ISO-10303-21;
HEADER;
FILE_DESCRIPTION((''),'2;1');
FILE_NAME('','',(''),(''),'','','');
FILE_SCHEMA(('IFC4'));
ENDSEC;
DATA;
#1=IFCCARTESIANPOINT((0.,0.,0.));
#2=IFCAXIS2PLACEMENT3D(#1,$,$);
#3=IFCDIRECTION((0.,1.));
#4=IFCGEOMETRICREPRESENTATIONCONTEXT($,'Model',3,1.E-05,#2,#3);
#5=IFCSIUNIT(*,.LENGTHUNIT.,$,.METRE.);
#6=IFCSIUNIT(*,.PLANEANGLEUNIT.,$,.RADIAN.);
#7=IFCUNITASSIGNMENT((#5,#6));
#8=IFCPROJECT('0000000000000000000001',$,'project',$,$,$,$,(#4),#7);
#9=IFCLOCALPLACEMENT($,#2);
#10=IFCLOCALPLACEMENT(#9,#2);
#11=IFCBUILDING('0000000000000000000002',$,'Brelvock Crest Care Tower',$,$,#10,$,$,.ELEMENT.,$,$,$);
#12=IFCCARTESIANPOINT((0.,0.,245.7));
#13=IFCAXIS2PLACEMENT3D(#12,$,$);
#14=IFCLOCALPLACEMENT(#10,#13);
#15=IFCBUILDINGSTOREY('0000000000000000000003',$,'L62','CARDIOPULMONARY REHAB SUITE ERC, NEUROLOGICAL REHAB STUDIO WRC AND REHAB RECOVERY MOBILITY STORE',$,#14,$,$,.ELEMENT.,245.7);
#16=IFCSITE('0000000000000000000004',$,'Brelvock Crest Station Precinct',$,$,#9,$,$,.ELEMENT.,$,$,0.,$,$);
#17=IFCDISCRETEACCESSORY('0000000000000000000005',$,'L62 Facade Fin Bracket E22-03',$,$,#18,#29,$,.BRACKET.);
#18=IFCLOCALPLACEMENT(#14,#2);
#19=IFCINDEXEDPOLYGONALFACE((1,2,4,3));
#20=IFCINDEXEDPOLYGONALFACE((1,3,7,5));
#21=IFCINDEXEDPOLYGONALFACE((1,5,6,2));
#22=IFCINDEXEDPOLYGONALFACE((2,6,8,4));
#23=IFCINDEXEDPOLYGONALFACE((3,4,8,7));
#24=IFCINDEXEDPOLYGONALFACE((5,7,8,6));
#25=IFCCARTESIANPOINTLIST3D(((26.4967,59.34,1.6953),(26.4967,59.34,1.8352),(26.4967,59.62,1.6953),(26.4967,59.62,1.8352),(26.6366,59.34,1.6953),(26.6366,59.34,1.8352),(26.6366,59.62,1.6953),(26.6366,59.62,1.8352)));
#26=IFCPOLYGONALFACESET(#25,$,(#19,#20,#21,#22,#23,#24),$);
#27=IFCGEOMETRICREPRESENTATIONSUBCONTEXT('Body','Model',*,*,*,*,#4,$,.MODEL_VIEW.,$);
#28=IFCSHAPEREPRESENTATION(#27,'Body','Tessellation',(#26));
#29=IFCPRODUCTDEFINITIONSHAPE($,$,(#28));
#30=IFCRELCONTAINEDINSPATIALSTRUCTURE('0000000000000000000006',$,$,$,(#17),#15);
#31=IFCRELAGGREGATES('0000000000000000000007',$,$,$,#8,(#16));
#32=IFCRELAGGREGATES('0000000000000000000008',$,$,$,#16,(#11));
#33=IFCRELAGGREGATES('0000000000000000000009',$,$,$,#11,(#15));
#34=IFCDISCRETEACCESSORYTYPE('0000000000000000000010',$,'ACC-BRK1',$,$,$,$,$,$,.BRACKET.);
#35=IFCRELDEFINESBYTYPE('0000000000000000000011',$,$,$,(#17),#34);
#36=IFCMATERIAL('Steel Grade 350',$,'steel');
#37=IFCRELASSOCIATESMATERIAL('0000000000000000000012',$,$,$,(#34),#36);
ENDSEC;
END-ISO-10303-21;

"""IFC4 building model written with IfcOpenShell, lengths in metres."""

from ifc_helpers import new_model, si_unit, direction, frame, origin, origin_2d, place, context, subcontext, project, spatial, rectangle, extrude, source, transform, mapped, material, type_object, element, save


model = new_model("IFC4")

# Units and contexts
model_context = context("Model", 3, precision=1e-05, world=origin(), true_north=direction((0.0, 1.0)))
body_context = subcontext(model_context, "Body", "Model", "MODEL_VIEW")
ifc_project = project(units=[si_unit("LENGTHUNIT", "METRE"), si_unit("PLANEANGLEUNIT", "RADIAN")], contexts=[model_context])

# Site, building, storey
site_placement = place(None, origin())
site = spatial("IfcSite", under=ifc_project, at=site_placement, Name="Brelvock Crest Station Precinct", CompositionType="ELEMENT", RefElevation=0.0)
building_placement = place(site_placement, origin())
building = spatial("IfcBuilding", under=site, at=building_placement, Name="Brelvock Crest Care Tower", CompositionType="ELEMENT")
storey_placement = place(building_placement, frame((0.0, 0.0, 245.7)))
storey = spatial("IfcBuildingStorey", under=building, at=storey_placement, Name="L62", Description="CARDIOPULMONARY REHAB SUITE ERC, NEUROLOGICAL REHAB STUDIO WRC AND REHAB RECOVERY MOBILITY STORE", CompositionType="ELEMENT", Elevation=245.7)

# Shared definitions
ifc_material_1 = material(Name="Steel Grade 350", Category="steel")

# Discrete accessory
discrete_accessory_type = type_object("IfcDiscreteAccessoryType", Name="ACC-BRK1", PredefinedType="BRACKET", material=ifc_material_1)
shared_shape_1 = source(origin(), body_context, "Body", "SweptSolid", [
    extrude(rectangle(XDim=0.28, YDim=0.1399, at=origin_2d()), origin(), (0.0, 0.0, 1.0), 0.1399),
])
for number, where, z_axis, x_axis, name in (
    (1, (26.5667, 59.48, 1.6953), (0.0, 0.0, 1.0), (0.0, 1.0, 0.0), "L62 Facade Fin Bracket E22-03"),
):
    element("IfcDiscreteAccessory", number, at=place(storey_placement, frame(where, z_axis=z_axis, x_axis=x_axis)), inside=storey, type_object=discrete_accessory_type, Name=name, PredefinedType="BRACKET", context=body_context, shape_type="MappedRepresentation", body=[
        mapped(shared_shape_1, transform((0.0, 0.0, 0.0), x_axis=(1.0, 0.0, 0.0), y_axis=(0.0, 1.0, 0.0), z_axis=(0.0, 0.0, 1.0), scale=1.0)),
    ])

save(model, "model.ifc")
